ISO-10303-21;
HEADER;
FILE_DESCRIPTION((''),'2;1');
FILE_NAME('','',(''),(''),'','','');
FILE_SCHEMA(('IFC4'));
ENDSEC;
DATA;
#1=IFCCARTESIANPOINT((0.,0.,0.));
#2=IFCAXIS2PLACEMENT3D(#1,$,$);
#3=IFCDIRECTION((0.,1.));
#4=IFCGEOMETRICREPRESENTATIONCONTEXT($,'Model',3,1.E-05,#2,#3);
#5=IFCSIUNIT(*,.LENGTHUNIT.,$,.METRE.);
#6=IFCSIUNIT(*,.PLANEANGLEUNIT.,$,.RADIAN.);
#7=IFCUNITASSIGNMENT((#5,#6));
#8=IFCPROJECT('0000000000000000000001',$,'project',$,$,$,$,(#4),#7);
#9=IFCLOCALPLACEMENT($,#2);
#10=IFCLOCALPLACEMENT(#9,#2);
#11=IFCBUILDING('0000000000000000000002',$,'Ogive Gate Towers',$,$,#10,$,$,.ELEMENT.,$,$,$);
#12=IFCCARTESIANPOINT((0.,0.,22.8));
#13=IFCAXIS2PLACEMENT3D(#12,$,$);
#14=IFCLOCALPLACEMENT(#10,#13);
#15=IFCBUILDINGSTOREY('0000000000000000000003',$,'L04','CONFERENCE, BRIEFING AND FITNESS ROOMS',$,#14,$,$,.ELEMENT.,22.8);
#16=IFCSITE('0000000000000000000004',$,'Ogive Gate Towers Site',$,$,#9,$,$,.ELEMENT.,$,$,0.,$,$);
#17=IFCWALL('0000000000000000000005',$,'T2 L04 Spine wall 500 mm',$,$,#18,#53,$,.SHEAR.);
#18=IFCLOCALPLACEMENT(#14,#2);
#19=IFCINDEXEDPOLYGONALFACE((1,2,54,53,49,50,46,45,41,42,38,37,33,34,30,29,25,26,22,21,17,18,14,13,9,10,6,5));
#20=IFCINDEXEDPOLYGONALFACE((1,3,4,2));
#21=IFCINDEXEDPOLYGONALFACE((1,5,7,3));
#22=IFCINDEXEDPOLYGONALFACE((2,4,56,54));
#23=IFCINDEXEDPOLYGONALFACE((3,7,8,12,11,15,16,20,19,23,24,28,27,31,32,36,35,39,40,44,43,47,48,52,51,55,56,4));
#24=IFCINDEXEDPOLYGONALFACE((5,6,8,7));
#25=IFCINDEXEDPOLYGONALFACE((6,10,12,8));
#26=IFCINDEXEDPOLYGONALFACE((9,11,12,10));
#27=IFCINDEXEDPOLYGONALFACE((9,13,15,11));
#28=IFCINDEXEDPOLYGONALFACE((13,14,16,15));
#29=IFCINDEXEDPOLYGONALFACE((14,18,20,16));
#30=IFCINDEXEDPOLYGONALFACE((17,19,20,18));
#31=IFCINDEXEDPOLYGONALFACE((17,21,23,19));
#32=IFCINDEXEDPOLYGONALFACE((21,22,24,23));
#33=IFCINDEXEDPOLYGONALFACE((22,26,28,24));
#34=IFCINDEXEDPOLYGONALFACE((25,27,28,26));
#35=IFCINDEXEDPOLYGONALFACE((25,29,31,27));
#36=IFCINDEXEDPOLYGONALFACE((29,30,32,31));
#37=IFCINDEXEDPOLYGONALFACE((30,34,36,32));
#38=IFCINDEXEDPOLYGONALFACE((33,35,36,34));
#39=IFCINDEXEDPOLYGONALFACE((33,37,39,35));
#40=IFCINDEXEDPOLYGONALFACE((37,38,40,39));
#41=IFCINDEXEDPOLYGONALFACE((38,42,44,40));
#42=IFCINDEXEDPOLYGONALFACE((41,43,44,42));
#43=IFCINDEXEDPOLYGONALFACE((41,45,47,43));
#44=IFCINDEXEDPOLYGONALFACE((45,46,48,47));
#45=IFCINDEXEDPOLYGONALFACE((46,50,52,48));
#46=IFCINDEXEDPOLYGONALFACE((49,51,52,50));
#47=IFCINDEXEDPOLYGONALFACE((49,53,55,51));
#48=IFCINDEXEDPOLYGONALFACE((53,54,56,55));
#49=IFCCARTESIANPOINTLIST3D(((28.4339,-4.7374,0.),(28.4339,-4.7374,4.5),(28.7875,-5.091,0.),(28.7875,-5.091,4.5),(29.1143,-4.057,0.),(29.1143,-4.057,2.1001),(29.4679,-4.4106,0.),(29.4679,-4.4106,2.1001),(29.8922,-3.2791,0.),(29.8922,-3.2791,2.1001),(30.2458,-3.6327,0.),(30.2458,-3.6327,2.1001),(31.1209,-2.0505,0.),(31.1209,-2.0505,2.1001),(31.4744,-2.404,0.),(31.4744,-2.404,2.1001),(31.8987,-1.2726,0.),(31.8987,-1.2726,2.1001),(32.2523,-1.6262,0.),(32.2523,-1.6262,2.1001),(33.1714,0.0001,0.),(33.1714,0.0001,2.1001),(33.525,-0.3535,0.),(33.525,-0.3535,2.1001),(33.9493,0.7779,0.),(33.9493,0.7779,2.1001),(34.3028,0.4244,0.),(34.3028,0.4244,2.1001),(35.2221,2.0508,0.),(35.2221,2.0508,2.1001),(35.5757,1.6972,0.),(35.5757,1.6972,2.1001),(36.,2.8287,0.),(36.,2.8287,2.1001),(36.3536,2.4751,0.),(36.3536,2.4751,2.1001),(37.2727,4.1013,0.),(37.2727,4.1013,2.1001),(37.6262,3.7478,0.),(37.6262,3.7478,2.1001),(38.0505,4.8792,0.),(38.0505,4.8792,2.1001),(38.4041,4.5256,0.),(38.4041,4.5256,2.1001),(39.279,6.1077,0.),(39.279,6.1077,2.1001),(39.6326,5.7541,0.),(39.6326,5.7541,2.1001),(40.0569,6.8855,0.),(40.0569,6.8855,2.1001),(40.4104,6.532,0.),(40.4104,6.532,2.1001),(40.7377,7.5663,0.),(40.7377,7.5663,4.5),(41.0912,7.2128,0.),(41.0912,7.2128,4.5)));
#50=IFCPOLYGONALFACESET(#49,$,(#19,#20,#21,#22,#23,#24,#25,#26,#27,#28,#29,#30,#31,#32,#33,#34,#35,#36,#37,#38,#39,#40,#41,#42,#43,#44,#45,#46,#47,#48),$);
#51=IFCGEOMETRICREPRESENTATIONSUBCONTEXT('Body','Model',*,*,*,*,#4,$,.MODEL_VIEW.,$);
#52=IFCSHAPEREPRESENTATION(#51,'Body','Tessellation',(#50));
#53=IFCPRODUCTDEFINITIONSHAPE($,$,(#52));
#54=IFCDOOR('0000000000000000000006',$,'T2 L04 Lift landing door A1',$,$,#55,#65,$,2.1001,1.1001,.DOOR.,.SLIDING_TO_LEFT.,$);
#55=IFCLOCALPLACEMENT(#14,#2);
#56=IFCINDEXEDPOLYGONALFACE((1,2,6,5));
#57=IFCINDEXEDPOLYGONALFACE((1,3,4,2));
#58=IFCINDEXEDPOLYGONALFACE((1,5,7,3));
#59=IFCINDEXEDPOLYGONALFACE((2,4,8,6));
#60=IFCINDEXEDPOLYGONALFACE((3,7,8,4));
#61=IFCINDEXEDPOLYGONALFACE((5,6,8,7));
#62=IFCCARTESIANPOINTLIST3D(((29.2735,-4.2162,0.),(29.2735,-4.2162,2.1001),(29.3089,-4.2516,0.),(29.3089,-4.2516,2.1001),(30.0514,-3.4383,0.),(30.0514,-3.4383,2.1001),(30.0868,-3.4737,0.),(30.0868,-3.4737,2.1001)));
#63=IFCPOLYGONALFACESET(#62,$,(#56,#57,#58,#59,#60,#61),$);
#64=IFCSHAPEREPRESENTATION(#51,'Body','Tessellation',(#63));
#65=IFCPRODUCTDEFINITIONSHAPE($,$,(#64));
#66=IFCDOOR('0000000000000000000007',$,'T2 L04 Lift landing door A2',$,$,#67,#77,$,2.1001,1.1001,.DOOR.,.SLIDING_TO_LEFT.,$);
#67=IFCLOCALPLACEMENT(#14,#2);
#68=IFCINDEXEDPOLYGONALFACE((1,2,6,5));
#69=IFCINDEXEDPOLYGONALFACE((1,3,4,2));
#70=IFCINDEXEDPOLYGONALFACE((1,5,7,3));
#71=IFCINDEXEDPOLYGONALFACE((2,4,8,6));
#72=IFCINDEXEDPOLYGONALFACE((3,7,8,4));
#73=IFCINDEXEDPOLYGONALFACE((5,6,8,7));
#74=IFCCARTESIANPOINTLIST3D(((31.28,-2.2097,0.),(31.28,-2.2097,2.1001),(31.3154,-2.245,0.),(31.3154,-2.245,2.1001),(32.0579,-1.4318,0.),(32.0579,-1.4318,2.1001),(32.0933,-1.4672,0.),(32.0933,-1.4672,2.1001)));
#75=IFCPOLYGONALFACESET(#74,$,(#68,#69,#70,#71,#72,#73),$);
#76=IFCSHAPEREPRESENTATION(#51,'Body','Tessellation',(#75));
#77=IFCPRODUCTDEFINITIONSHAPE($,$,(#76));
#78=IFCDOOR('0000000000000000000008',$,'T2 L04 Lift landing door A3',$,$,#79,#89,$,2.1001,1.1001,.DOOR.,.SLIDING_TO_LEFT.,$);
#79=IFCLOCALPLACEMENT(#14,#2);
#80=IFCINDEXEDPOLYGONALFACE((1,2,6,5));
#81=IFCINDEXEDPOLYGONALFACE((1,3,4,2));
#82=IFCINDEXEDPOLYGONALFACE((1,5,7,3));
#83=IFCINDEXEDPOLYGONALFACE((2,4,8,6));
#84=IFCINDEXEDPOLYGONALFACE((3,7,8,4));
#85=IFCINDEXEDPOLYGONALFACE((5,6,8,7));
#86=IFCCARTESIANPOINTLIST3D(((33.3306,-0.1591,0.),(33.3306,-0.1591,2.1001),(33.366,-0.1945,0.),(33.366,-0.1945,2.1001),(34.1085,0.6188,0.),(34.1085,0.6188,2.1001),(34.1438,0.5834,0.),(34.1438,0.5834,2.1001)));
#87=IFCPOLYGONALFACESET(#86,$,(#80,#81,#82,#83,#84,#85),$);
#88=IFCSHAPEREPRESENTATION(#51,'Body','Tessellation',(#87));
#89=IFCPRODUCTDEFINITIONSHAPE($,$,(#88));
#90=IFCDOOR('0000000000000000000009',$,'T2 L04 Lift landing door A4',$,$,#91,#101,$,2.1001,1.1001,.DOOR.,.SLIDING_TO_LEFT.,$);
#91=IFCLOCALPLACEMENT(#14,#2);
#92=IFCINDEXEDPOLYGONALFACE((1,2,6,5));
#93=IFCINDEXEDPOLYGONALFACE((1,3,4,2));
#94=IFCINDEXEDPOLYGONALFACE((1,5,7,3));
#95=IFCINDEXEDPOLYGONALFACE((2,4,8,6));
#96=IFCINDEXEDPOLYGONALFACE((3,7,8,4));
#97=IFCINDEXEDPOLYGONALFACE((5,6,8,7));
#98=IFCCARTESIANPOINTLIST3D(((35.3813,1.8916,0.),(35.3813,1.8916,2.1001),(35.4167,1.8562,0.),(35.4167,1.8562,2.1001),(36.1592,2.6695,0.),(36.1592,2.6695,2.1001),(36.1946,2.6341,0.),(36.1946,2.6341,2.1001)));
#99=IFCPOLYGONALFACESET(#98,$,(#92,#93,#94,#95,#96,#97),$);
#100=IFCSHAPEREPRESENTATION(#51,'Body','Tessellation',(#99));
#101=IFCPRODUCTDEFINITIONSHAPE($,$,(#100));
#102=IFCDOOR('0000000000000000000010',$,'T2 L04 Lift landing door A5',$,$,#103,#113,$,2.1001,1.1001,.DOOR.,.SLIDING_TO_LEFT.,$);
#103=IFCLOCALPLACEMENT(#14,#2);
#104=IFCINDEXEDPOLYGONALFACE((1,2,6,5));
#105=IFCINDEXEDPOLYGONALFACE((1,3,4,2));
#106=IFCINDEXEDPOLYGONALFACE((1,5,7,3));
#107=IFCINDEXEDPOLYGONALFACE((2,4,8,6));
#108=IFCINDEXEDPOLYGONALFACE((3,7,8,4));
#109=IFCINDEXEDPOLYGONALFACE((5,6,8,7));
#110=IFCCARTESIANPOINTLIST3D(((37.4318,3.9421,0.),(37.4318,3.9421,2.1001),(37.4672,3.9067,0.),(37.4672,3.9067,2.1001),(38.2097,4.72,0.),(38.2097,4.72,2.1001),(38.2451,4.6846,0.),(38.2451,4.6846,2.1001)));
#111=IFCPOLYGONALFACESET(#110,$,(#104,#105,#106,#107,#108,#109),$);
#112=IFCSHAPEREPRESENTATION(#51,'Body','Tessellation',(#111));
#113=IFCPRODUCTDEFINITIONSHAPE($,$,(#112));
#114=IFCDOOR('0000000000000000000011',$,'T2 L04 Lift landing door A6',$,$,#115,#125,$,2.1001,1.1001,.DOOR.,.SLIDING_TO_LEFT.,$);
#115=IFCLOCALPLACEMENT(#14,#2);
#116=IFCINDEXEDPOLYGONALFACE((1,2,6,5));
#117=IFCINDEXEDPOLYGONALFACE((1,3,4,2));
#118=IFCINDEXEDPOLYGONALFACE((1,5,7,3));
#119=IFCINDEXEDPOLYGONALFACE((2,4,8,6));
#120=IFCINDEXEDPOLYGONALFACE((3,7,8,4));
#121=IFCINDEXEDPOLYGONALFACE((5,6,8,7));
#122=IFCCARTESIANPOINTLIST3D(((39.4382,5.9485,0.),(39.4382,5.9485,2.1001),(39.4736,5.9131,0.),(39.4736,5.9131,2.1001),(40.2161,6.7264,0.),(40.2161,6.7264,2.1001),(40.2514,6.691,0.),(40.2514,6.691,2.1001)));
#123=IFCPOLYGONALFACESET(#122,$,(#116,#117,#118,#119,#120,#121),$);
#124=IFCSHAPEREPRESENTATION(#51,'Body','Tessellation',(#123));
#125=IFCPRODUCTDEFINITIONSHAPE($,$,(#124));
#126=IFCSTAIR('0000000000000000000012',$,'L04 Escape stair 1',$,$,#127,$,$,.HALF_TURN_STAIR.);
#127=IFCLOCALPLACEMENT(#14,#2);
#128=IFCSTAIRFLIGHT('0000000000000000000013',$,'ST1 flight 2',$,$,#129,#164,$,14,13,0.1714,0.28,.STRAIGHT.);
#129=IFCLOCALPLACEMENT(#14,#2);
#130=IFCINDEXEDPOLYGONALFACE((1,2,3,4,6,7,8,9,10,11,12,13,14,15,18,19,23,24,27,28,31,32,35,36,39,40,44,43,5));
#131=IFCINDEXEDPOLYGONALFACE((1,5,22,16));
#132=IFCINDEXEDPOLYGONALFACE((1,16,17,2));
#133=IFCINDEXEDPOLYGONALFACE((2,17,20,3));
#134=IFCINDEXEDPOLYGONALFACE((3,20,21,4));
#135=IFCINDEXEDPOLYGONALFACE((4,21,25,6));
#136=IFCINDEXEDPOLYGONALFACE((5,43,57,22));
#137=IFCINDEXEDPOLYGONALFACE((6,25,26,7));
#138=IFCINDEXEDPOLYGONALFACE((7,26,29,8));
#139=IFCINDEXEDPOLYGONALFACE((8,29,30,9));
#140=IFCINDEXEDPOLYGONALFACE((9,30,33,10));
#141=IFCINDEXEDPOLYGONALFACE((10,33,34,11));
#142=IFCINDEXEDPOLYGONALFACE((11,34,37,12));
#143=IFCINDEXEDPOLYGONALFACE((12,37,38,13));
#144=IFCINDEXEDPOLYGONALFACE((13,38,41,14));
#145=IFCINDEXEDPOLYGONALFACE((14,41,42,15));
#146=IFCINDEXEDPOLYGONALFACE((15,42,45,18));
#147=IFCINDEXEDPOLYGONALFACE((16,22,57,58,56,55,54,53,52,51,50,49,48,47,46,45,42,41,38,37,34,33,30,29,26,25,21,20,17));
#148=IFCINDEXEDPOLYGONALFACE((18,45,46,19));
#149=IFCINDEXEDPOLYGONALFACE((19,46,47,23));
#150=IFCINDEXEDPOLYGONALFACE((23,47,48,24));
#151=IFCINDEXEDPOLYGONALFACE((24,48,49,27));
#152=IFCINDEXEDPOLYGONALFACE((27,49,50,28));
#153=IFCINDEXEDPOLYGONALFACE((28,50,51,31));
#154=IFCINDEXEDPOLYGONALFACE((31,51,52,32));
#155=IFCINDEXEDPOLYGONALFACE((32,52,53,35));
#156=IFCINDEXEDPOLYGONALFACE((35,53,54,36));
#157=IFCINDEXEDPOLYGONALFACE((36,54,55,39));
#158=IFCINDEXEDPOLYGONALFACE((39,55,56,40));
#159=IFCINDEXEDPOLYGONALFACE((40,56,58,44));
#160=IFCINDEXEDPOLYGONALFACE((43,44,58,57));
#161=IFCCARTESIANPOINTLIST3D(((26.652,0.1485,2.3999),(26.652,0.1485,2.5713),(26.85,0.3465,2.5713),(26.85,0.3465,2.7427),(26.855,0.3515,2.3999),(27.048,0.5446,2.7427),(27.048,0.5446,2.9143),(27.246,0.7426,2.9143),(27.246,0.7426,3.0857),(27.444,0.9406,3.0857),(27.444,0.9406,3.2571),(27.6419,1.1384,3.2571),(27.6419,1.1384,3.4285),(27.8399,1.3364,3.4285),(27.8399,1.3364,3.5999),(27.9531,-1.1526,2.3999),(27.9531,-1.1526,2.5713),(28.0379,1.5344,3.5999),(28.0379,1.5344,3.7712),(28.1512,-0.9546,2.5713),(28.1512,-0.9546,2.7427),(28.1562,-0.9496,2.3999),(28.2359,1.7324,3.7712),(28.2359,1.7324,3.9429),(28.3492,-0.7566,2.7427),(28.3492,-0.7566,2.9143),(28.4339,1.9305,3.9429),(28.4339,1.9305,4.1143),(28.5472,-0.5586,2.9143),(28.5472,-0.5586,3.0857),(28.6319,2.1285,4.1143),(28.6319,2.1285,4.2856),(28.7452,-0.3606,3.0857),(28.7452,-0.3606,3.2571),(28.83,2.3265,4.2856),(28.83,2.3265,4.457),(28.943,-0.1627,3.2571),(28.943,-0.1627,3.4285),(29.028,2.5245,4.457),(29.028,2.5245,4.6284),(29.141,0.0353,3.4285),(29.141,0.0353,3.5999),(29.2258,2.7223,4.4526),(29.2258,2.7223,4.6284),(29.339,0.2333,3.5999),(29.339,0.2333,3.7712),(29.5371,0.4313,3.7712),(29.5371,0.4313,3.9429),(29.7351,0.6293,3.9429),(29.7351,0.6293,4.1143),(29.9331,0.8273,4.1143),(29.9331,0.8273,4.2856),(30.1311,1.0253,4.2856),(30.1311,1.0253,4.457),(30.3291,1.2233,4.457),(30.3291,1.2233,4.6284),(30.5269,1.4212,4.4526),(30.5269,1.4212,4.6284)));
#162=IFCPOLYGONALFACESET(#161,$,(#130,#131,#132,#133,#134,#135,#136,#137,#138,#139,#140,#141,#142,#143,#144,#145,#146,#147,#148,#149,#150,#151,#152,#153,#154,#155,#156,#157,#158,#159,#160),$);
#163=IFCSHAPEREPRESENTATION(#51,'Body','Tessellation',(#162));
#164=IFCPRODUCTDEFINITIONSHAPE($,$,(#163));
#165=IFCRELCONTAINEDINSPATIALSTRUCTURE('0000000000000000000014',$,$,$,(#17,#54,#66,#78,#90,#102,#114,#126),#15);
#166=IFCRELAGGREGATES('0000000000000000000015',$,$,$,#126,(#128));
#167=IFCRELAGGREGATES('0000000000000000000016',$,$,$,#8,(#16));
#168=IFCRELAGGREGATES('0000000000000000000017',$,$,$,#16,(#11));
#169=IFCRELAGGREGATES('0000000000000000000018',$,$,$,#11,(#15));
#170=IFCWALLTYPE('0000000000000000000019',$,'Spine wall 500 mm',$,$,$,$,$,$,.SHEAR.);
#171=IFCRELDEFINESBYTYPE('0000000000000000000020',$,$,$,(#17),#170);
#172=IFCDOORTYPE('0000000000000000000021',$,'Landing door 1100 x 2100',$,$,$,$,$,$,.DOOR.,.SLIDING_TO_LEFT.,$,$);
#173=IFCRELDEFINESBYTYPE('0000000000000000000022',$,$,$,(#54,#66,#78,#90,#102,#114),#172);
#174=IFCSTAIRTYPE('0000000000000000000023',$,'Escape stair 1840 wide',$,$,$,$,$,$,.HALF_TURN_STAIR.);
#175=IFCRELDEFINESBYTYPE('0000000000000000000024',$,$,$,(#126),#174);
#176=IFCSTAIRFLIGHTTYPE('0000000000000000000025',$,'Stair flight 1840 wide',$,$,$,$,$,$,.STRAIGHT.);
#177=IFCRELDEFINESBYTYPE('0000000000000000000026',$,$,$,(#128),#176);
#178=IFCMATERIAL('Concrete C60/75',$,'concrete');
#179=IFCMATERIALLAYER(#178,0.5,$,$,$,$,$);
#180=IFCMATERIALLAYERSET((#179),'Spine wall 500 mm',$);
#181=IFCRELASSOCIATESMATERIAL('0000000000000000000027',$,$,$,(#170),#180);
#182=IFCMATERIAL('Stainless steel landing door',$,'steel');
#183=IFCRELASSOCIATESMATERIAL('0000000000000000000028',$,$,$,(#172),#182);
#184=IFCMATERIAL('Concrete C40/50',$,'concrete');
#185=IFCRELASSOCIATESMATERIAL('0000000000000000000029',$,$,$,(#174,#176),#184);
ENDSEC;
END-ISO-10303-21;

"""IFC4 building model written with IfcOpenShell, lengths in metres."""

from ifc_helpers import new_model, si_unit, direction, frame, frame_2d, origin, place, context, subcontext, project, spatial, polyline, rectangle, outline, extrude, material, layer, layer_set, type_object, element, fill, aggregate, save


model = new_model("IFC4")

# Units and contexts
model_context = context("Model", 3, precision=1e-05, world=origin(), true_north=direction((0.0, 1.0)))
body_context = subcontext(model_context, "Body", "Model", "MODEL_VIEW")
ifc_project = project(units=[si_unit("LENGTHUNIT", "METRE"), si_unit("PLANEANGLEUNIT", "RADIAN")], contexts=[model_context])

# Site, building, storey
site_placement = place(None, origin())
site = spatial("IfcSite", under=ifc_project, at=site_placement, Name="Ogive Gate Towers Site", CompositionType="ELEMENT", RefElevation=0.0)
building_placement = place(site_placement, origin())
building = spatial("IfcBuilding", under=site, at=building_placement, Name="Ogive Gate Towers", CompositionType="ELEMENT")
storey_placement = place(building_placement, frame((0.0, 0.0, 22.8)))
storey = spatial("IfcBuildingStorey", under=building, at=storey_placement, Name="L04", Description="CONFERENCE, BRIEFING AND FITNESS ROOMS", CompositionType="ELEMENT", Elevation=22.8)

# Shared definitions
ifc_material_1 = material(Name="Concrete C60/75", Category="concrete")

# Wall, openings, doors
ifc_layer_1 = layer(ifc_material_1, 0.5)
ifc_layer_set_1 = layer_set([ifc_layer_1], Name="Spine wall 500 mm")
wall_type_1 = type_object("IfcWallType", Name="Spine wall 500 mm", PredefinedType="SHEAR", material=ifc_layer_set_1)
ifc_material_2 = material(Name="Stainless steel landing door", Category="steel")
wall_1_placement = place(storey_placement, frame((28.6106, -4.9143, 0.0), z_axis=(0.0, 0.0, 1.0), x_axis=(0.707107, 0.707107, 0.0)))
wall_1 = element("IfcWall", 1, at=wall_1_placement, inside=storey, type_object=wall_type_1, Name="T2 L04 Spine wall 500 mm", PredefinedType="SHEAR", context=body_context, shape_type="SweptSolid", body=[
    extrude(rectangle(XDim=17.4001, YDim=0.5, at=frame_2d((8.7002, 0.0))), origin(), (0.0, 0.0, 1.0), 4.5),
])
opening_1_placement = place(wall_1_placement, frame((0.9624, 0.0, 0.0)))
opening_1 = element("IfcOpeningElement", 2, at=opening_1_placement, cuts=wall_1, PredefinedType="OPENING", context=body_context, shape_type="SweptSolid", body=[
    extrude(rectangle(XDim=1.1001, YDim=2.1001, at=frame_2d((0.55, 1.05))), frame((0.0, 0.26, 0.0), z_axis=(0.0, -1.0, 0.0), x_axis=(1.0, 0.0, 0.0)), (0.0, 0.0, 1.0), 0.52),
])
opening_2_placement = place(wall_1_placement, frame((3.8, 0.0, 0.0)))
opening_2 = element("IfcOpeningElement", 3, at=opening_2_placement, cuts=wall_1, PredefinedType="OPENING", context=body_context, shape_type="SweptSolid", body=[
    extrude(rectangle(XDim=1.1001, YDim=2.1001, at=frame_2d((0.55, 1.05))), frame((0.0, 0.26, 0.0), z_axis=(0.0, -1.0, 0.0), x_axis=(1.0, 0.0, 0.0)), (0.0, 0.0, 1.0), 0.52),
])
opening_3_placement = place(wall_1_placement, frame((6.7, 0.0, 0.0)))
opening_3 = element("IfcOpeningElement", 4, at=opening_3_placement, cuts=wall_1, PredefinedType="OPENING", context=body_context, shape_type="SweptSolid", body=[
    extrude(rectangle(XDim=1.1001, YDim=2.1001, at=frame_2d((0.55, 1.05))), frame((0.0, 0.26, 0.0), z_axis=(0.0, -1.0, 0.0), x_axis=(1.0, 0.0, 0.0)), (0.0, 0.0, 1.0), 0.52),
])
opening_4_placement = place(wall_1_placement, frame((9.6001, 0.0, 0.0)))
opening_4 = element("IfcOpeningElement", 5, at=opening_4_placement, cuts=wall_1, PredefinedType="OPENING", context=body_context, shape_type="SweptSolid", body=[
    extrude(rectangle(XDim=1.1001, YDim=2.1001, at=frame_2d((0.55, 1.05))), frame((0.0, 0.26, 0.0), z_axis=(0.0, -1.0, 0.0), x_axis=(1.0, 0.0, 0.0)), (0.0, 0.0, 1.0), 0.52),
])
opening_5_placement = place(wall_1_placement, frame((12.5, 0.0, 0.0)))
opening_5 = element("IfcOpeningElement", 6, at=opening_5_placement, cuts=wall_1, PredefinedType="OPENING", context=body_context, shape_type="SweptSolid", body=[
    extrude(rectangle(XDim=1.1001, YDim=2.1001, at=frame_2d((0.55, 1.05))), frame((0.0, 0.26, 0.0), z_axis=(0.0, -1.0, 0.0), x_axis=(1.0, 0.0, 0.0)), (0.0, 0.0, 1.0), 0.52),
])
opening_6_placement = place(wall_1_placement, frame((15.3374, 0.0, 0.0)))
opening_6 = element("IfcOpeningElement", 7, at=opening_6_placement, cuts=wall_1, PredefinedType="OPENING", context=body_context, shape_type="SweptSolid", body=[
    extrude(rectangle(XDim=1.1001, YDim=2.1001, at=frame_2d((0.55, 1.05))), frame((0.0, 0.26, 0.0), z_axis=(0.0, -1.0, 0.0), x_axis=(1.0, 0.0, 0.0)), (0.0, 0.0, 1.0), 0.52),
])
door_type_1 = type_object("IfcDoorType", Name="Landing door 1100 x 2100", OperationType="SLIDING_TO_LEFT", PredefinedType="DOOR", material=ifc_material_2)
door_1_placement = place(opening_1_placement, origin())
door_1 = element("IfcDoor", 8, at=door_1_placement, inside=storey, type_object=door_type_1, Name="T2 L04 Lift landing door A1", OperationType="SLIDING_TO_LEFT", OverallHeight=2.1001, OverallWidth=1.1001, PredefinedType="DOOR", context=body_context, shape_type="SweptSolid", body=[
    extrude(rectangle(XDim=1.1001, YDim=2.1001, at=frame_2d((0.55, 1.05))), frame((0.0, 0.0249, 0.0), z_axis=(0.0, -1.0, 0.0), x_axis=(1.0, 0.0, 0.0)), (0.0, 0.0, 1.0), 0.05),
])
fill(opening_1, door_1)
door_2_placement = place(opening_2_placement, origin())
door_2 = element("IfcDoor", 9, at=door_2_placement, inside=storey, type_object=door_type_1, Name="T2 L04 Lift landing door A2", OperationType="SLIDING_TO_LEFT", OverallHeight=2.1001, OverallWidth=1.1001, PredefinedType="DOOR", context=body_context, shape_type="SweptSolid", body=[
    extrude(rectangle(XDim=1.1001, YDim=2.1001, at=frame_2d((0.55, 1.05))), frame((0.0, 0.0249, 0.0), z_axis=(0.0, -1.0, 0.0), x_axis=(1.0, 0.0, 0.0)), (0.0, 0.0, 1.0), 0.05),
])
fill(opening_2, door_2)
door_3_placement = place(opening_3_placement, origin())
door_3 = element("IfcDoor", 10, at=door_3_placement, inside=storey, type_object=door_type_1, Name="T2 L04 Lift landing door A3", OperationType="SLIDING_TO_LEFT", OverallHeight=2.1001, OverallWidth=1.1001, PredefinedType="DOOR", context=body_context, shape_type="SweptSolid", body=[
    extrude(rectangle(XDim=1.1001, YDim=2.1001, at=frame_2d((0.55, 1.05))), frame((0.0, 0.0249, 0.0), z_axis=(0.0, -1.0, 0.0), x_axis=(1.0, 0.0, 0.0)), (0.0, 0.0, 1.0), 0.05),
])
fill(opening_3, door_3)
door_4_placement = place(opening_4_placement, origin())
door_4 = element("IfcDoor", 11, at=door_4_placement, inside=storey, type_object=door_type_1, Name="T2 L04 Lift landing door A4", OperationType="SLIDING_TO_LEFT", OverallHeight=2.1001, OverallWidth=1.1001, PredefinedType="DOOR", context=body_context, shape_type="SweptSolid", body=[
    extrude(rectangle(XDim=1.1001, YDim=2.1001, at=frame_2d((0.55, 1.05))), frame((0.0, 0.0249, 0.0), z_axis=(0.0, -1.0, 0.0), x_axis=(1.0, 0.0, 0.0)), (0.0, 0.0, 1.0), 0.05),
])
fill(opening_4, door_4)
door_5_placement = place(opening_5_placement, origin())
door_5 = element("IfcDoor", 12, at=door_5_placement, inside=storey, type_object=door_type_1, Name="T2 L04 Lift landing door A5", OperationType="SLIDING_TO_LEFT", OverallHeight=2.1001, OverallWidth=1.1001, PredefinedType="DOOR", context=body_context, shape_type="SweptSolid", body=[
    extrude(rectangle(XDim=1.1001, YDim=2.1001, at=frame_2d((0.55, 1.05))), frame((0.0, 0.0249, 0.0), z_axis=(0.0, -1.0, 0.0), x_axis=(1.0, 0.0, 0.0)), (0.0, 0.0, 1.0), 0.05),
])
fill(opening_5, door_5)
door_6_placement = place(opening_6_placement, origin())
door_6 = element("IfcDoor", 13, at=door_6_placement, inside=storey, type_object=door_type_1, Name="T2 L04 Lift landing door A6", OperationType="SLIDING_TO_LEFT", OverallHeight=2.1001, OverallWidth=1.1001, PredefinedType="DOOR", context=body_context, shape_type="SweptSolid", body=[
    extrude(rectangle(XDim=1.1001, YDim=2.1001, at=frame_2d((0.55, 1.05))), frame((0.0, 0.0249, 0.0), z_axis=(0.0, -1.0, 0.0), x_axis=(1.0, 0.0, 0.0)), (0.0, 0.0, 1.0), 0.05),
])
fill(opening_6, door_6)

# Stair, stair flight
ifc_material_3 = material(Name="Concrete C40/50", Category="concrete")
stair_type = type_object("IfcStairType", Name="Escape stair 1840 wide", PredefinedType="HALF_TURN_STAIR", material=ifc_material_3)
stair_placement = place(storey_placement, origin())
stair = element("IfcStair", 14, at=stair_placement, inside=storey, type_object=stair_type, Name="L04 Escape stair 1", PredefinedType="HALF_TURN_STAIR")
stair_flight_type = type_object("IfcStairFlightType", Name="Stair flight 1840 wide", PredefinedType="STRAIGHT", material=ifc_material_3)
stair_flight_placement = place(storey_placement, frame((27.3025, -0.502, 2.3999), z_axis=(0.0, 0.0, 1.0), x_axis=(0.707107, 0.707107, 0.0)))
stair_flight = element("IfcStairFlight", 15, at=stair_flight_placement, type_object=stair_flight_type, Name="ST1 flight 2", NumberOfRisers=14, NumberOfTreads=13, PredefinedType="STRAIGHT", RiserHeight=0.1714, TreadLength=0.28, context=body_context, shape_type="SweptSolid", body=[
    extrude(outline(polyline([(0.0, 0.0), (0.0, 0.1714), (0.28, 0.1714), (0.28, 0.3428), (0.5601, 0.3428), (0.5601, 0.5144), (0.8401, 0.5144), (0.8401, 0.6858), (1.1201, 0.6858), (1.1201, 0.8572), (1.3999, 0.8572), (1.3999, 1.0286), (1.6799, 1.0286), (1.6799, 1.2), (1.96, 1.2), (1.96, 1.3713), (2.24, 1.3713), (2.24, 1.543), (2.52, 1.543), (2.52, 1.7144), (2.8, 1.7144), (2.8, 1.8857), (3.0801, 1.8857), (3.0801, 2.0571), (3.3601, 2.0571), (3.3601, 2.2285), (3.6399, 2.2285), (3.6399, 2.3999), (3.6399, 2.0527), (0.2871, 0.0), (0.0, 0.0)])), frame((0.0, 0.9199, 0.0), z_axis=(0.0, -1.0, 0.0), x_axis=(1.0, 0.0, 0.0)), (0.0, 0.0, 1.0), 1.8401),
])
aggregate(stair, [stair_flight])

save(model, "model.ifc")
